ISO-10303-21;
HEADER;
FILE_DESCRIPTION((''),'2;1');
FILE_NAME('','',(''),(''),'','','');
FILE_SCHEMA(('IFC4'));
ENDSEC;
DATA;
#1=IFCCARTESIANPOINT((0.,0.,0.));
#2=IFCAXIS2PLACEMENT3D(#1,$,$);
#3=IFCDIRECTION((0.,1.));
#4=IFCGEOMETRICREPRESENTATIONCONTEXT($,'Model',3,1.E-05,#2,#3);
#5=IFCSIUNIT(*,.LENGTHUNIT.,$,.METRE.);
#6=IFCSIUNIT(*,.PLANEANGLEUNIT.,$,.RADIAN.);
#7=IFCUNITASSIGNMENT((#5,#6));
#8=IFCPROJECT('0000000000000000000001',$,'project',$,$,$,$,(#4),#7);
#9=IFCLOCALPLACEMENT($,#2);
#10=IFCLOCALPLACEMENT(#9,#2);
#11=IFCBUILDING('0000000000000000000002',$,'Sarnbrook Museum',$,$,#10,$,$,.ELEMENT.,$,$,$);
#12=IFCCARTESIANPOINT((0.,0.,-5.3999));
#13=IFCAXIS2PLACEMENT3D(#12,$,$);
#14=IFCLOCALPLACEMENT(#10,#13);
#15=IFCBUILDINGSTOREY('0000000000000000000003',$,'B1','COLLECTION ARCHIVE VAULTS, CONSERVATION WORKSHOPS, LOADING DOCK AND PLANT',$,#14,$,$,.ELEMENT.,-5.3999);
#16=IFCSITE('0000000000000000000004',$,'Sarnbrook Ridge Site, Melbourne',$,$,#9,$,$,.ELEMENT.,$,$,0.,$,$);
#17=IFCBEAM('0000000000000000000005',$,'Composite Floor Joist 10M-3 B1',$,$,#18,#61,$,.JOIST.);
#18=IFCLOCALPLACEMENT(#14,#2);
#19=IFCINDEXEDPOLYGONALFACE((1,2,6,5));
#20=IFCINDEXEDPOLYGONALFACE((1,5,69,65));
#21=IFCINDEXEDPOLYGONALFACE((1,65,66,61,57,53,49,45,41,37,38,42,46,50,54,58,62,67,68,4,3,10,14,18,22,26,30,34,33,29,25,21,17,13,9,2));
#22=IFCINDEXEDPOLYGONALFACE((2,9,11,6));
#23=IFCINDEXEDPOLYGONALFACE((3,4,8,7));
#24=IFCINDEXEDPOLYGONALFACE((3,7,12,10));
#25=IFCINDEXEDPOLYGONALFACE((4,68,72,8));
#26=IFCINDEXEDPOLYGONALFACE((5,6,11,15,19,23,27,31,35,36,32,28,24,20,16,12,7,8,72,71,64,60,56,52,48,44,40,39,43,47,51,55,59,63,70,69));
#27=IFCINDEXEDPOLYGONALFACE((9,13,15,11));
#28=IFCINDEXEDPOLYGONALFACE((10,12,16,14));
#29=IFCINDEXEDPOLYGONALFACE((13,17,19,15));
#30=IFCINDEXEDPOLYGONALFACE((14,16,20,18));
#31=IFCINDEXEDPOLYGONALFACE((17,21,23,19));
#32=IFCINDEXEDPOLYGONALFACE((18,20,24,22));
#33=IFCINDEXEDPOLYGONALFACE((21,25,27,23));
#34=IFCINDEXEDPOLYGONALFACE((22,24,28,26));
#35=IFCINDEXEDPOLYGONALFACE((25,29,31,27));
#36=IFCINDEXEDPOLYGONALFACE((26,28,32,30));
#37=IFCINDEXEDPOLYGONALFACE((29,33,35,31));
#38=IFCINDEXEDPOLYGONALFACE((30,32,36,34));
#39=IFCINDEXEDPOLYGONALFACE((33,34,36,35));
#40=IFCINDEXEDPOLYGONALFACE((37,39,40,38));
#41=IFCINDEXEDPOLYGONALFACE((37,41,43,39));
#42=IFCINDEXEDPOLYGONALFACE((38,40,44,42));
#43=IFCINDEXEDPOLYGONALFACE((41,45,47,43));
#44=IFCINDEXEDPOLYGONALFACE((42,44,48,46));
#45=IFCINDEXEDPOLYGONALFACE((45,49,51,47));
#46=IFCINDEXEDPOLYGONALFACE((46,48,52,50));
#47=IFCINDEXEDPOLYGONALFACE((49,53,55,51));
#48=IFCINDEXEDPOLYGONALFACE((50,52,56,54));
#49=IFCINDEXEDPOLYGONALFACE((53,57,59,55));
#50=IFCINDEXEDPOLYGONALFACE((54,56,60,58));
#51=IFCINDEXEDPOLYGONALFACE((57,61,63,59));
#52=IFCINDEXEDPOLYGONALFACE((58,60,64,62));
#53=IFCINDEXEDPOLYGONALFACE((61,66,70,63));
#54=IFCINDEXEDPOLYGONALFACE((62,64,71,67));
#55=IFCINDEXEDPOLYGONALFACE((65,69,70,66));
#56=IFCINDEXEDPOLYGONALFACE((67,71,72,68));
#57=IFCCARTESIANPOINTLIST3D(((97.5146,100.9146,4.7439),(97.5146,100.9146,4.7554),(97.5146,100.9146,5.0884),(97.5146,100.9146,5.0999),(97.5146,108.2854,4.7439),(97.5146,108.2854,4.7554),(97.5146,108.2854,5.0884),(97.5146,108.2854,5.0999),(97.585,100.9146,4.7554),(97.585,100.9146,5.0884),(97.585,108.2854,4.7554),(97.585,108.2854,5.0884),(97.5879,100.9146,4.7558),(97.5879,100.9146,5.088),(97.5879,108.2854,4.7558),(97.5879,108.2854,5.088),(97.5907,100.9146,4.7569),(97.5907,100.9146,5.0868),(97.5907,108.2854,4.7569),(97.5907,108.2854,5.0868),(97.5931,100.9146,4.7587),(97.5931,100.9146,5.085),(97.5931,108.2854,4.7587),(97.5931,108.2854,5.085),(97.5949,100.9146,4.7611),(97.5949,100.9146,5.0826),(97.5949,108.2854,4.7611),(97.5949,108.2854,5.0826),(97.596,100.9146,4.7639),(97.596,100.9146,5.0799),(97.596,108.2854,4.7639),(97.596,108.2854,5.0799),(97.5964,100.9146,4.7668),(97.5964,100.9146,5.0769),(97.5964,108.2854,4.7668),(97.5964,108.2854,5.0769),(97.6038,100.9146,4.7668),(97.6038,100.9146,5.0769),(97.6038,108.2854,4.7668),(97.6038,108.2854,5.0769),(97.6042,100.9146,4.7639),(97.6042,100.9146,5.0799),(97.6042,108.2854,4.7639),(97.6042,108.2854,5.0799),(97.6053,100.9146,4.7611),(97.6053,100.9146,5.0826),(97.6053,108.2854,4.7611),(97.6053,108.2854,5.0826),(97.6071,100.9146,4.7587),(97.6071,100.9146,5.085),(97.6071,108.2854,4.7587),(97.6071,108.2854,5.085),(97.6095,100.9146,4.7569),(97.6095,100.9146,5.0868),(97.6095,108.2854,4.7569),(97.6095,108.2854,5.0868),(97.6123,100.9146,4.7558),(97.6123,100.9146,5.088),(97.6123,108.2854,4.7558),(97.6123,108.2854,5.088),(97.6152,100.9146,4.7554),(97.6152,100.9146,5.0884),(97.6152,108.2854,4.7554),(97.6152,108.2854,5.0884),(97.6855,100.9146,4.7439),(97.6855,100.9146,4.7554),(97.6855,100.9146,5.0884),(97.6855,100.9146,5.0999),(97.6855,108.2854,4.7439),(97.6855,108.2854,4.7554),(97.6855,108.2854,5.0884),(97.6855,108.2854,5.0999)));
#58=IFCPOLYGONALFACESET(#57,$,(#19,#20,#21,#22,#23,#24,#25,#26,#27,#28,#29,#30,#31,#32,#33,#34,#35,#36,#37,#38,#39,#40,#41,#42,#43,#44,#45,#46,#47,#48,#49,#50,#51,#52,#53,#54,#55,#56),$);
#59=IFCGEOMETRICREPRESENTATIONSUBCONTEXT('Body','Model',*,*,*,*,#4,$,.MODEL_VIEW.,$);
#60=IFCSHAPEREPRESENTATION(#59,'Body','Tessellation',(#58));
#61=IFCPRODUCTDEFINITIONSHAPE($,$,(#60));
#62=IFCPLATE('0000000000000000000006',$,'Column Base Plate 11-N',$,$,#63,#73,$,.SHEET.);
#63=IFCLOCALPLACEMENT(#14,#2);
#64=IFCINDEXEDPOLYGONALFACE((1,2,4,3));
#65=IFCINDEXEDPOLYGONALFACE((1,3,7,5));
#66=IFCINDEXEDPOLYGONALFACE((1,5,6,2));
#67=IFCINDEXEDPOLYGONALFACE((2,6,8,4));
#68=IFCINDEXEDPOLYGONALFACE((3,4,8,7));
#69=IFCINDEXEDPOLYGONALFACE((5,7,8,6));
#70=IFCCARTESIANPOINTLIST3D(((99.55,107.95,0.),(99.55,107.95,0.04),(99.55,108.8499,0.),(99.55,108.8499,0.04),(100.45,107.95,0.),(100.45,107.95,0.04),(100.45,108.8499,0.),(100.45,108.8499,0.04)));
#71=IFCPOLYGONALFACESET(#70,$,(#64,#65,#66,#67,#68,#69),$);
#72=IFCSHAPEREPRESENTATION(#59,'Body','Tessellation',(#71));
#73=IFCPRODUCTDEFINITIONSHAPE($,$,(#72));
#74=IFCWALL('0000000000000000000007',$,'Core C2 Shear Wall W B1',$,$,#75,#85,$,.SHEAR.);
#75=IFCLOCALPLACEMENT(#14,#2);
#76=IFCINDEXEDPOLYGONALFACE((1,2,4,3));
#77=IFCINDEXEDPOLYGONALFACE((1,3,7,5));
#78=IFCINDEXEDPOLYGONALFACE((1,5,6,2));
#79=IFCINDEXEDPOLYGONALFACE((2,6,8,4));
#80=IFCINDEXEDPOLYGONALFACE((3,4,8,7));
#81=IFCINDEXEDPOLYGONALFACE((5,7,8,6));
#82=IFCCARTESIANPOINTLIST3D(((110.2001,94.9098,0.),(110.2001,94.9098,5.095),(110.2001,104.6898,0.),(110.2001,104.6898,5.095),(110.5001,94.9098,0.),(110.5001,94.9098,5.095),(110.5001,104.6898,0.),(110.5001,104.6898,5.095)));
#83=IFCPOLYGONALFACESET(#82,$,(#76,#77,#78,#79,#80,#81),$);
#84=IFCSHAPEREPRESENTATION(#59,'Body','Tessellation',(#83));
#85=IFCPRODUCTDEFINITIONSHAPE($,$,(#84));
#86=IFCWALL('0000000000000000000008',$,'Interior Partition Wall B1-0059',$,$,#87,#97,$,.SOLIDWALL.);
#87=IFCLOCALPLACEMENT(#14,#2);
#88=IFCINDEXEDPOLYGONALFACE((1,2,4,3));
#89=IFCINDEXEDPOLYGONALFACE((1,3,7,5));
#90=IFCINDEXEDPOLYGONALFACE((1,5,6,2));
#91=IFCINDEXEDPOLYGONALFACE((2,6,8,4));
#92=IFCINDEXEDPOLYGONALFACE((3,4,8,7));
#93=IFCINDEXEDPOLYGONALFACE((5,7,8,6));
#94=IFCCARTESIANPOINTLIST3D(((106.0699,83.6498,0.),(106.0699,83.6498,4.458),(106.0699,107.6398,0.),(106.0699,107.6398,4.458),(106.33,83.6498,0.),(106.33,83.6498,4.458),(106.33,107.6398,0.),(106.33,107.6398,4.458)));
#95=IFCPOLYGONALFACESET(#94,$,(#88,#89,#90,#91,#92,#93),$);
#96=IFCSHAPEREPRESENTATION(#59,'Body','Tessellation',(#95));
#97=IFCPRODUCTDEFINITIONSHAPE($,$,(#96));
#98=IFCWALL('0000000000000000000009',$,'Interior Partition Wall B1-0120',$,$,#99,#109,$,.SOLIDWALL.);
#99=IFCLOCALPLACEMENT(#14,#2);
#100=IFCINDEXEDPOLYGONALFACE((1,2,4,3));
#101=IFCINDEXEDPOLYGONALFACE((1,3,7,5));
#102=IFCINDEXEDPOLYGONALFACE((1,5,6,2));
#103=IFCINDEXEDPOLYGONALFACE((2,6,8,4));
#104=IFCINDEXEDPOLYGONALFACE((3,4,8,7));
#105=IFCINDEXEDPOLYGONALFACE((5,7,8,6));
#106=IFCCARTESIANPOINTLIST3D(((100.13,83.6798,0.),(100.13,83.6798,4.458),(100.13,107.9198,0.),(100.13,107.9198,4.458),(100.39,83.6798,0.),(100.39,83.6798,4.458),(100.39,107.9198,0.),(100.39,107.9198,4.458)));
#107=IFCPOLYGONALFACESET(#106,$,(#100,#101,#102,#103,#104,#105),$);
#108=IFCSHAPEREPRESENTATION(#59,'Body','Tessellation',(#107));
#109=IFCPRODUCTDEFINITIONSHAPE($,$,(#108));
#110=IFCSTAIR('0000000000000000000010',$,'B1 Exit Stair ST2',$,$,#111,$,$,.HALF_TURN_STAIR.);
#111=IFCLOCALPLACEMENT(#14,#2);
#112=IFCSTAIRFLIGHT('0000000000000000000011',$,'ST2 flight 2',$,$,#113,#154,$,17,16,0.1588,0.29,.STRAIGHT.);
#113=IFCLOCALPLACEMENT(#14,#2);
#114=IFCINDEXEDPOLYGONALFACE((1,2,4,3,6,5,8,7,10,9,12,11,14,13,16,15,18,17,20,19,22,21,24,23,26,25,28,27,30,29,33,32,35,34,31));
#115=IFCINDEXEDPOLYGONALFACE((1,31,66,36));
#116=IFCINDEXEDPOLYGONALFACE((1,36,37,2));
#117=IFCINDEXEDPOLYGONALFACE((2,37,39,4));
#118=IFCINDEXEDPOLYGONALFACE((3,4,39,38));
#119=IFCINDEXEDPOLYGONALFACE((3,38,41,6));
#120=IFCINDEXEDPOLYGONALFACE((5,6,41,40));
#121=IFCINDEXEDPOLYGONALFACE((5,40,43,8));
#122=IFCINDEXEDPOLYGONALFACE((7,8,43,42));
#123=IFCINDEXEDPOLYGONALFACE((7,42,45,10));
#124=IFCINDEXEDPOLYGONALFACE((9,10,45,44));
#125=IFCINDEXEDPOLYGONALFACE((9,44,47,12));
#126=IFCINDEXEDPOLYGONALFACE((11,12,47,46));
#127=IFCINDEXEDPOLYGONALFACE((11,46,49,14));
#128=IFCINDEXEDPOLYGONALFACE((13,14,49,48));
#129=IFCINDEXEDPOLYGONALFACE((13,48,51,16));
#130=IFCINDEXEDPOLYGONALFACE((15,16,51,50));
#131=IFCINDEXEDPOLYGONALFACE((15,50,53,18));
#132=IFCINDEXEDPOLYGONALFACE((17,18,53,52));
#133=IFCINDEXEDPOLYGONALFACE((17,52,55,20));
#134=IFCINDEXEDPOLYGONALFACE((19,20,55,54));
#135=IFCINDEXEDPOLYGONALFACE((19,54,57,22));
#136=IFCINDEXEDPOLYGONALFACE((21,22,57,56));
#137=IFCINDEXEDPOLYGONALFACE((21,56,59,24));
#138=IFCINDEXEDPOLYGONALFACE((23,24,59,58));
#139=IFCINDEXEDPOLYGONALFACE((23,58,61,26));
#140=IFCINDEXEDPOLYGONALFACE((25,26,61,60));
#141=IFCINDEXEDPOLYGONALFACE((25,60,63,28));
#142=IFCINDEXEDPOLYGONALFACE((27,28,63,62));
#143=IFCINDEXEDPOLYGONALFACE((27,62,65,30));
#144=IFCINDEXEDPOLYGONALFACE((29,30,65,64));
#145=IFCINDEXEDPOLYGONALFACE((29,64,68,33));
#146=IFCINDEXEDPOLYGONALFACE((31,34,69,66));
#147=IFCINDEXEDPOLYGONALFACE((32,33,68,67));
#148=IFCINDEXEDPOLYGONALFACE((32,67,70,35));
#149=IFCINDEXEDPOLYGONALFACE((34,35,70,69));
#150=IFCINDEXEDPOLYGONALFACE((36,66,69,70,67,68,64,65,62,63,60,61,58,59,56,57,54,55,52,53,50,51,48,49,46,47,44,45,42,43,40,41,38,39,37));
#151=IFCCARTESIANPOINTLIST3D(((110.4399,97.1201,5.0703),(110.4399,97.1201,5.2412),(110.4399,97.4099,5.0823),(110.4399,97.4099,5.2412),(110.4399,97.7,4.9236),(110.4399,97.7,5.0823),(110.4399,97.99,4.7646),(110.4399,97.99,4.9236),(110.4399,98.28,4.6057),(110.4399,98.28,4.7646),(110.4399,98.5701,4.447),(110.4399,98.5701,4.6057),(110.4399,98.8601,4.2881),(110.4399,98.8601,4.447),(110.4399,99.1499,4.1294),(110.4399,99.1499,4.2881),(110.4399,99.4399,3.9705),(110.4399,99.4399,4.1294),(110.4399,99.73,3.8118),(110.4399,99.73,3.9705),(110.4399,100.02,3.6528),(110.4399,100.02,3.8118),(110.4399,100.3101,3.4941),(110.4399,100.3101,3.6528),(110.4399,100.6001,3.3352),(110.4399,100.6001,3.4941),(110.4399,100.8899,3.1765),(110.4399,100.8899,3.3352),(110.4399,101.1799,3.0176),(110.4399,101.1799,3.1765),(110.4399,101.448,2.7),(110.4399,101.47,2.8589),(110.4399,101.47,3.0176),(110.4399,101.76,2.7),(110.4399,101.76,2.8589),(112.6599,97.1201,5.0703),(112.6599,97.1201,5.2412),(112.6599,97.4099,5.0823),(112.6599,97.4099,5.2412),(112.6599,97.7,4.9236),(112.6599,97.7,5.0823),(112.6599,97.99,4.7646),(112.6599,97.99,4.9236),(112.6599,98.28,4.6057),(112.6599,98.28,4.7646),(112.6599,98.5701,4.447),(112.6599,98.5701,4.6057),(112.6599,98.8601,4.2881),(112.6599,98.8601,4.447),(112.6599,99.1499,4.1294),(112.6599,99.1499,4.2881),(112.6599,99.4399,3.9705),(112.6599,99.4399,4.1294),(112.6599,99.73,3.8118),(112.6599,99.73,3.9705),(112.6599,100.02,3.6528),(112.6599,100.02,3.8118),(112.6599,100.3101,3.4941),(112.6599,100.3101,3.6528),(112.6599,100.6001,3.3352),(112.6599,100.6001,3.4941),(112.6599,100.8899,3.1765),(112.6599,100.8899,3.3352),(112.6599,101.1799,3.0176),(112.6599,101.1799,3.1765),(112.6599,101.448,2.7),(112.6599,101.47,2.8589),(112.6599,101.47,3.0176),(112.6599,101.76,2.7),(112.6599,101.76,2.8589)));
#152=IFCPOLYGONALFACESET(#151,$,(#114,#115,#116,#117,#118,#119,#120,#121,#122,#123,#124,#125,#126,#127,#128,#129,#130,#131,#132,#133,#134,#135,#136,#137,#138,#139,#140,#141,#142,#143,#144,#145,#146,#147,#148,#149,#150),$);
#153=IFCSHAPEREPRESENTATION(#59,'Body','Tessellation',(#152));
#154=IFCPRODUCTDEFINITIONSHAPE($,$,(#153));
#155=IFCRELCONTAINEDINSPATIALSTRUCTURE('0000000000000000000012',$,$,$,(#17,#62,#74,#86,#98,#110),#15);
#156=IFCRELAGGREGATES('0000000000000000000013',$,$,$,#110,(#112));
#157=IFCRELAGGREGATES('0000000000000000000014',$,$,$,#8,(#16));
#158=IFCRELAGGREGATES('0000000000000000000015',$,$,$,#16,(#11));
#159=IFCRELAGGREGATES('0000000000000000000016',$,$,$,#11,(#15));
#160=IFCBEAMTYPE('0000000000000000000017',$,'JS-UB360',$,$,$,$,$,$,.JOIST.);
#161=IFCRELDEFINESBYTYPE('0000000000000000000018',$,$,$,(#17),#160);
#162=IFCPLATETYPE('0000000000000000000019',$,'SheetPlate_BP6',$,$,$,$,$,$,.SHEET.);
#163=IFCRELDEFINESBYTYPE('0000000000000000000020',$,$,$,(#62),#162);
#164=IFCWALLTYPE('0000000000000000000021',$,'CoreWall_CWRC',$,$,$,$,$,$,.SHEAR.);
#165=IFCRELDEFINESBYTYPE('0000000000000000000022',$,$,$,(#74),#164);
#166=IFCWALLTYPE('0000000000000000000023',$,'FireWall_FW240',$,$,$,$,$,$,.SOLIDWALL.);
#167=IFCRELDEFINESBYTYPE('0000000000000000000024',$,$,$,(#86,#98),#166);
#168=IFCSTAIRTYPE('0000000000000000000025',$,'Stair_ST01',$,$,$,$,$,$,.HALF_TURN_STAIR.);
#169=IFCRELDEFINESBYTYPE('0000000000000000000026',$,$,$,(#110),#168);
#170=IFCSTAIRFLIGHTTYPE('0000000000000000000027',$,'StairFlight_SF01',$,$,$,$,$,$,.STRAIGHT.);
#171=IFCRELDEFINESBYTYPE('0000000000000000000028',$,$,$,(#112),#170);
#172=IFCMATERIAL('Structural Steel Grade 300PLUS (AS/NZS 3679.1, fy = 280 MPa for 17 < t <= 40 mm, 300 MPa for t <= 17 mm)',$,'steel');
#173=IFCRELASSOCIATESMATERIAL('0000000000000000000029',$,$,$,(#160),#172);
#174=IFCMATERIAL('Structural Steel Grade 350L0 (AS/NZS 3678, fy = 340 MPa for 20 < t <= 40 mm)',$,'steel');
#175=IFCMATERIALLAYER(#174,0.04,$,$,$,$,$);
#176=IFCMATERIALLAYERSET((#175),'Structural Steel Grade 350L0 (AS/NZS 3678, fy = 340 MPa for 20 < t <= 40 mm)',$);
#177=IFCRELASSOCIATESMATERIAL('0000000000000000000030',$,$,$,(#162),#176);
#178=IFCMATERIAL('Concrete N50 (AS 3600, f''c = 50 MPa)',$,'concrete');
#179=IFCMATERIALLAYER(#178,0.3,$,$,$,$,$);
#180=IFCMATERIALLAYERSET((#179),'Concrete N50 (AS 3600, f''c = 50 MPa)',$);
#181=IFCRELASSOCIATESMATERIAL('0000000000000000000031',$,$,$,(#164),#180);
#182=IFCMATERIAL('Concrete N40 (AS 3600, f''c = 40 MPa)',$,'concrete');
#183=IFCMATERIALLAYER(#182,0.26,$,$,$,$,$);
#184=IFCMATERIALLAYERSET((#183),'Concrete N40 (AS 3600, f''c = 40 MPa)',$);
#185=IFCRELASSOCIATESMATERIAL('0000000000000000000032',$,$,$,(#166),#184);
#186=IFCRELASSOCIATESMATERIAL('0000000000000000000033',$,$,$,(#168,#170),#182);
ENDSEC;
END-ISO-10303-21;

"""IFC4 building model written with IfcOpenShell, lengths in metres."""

from ifc_helpers import new_model, si_unit, direction, frame, frame_2d, origin, origin_2d, place, context, subcontext, project, spatial, polyline, rectangle, i_section, outline, extrude, material, layer, layer_set, material_profile, profile_set, type_object, element, aggregate, save


model = new_model("IFC4")

# Units and contexts
model_context = context("Model", 3, precision=1e-05, world=origin(), true_north=direction((0.0, 1.0)))
body_context = subcontext(model_context, "Body", "Model", "MODEL_VIEW")
ifc_project = project(units=[si_unit("LENGTHUNIT", "METRE"), si_unit("PLANEANGLEUNIT", "RADIAN")], contexts=[model_context])

# Site, building, storey
site_placement = place(None, origin())
site = spatial("IfcSite", under=ifc_project, at=site_placement, Name="Sarnbrook Ridge Site, Melbourne", CompositionType="ELEMENT", RefElevation=0.0)
building_placement = place(site_placement, origin())
building = spatial("IfcBuilding", under=site, at=building_placement, Name="Sarnbrook Museum", CompositionType="ELEMENT")
storey_placement = place(building_placement, frame((0.0, 0.0, -5.3999)))
storey = spatial("IfcBuildingStorey", under=building, at=storey_placement, Name="B1", Description="COLLECTION ARCHIVE VAULTS, CONSERVATION WORKSHOPS, LOADING DOCK AND PLANT", CompositionType="ELEMENT", Elevation=-5.3999)

# Shared definitions
ifc_material_1 = material(Name="Concrete N50 (AS 3600, f'c = 50 MPa)", Category="concrete")

# Shared definitions
ifc_material_2 = material(Name="Concrete N40 (AS 3600, f'c = 40 MPa)", Category="concrete")

# Shared definitions
ifc_material_3 = material(Name="Structural Steel Grade 350L0 (AS/NZS 3678, fy = 340 MPa for 20 < t <= 40 mm)", Category="steel")

# Beam
ifc_material_4 = material(Name="Structural Steel Grade 300PLUS (AS/NZS 3679.1, fy = 280 MPa for 17 < t <= 40 mm, 300 MPa for t <= 17 mm)", Category="steel")
ifc_material_profile_1 = material_profile(ifc_material_4, i_section(OverallWidth=0.1709, OverallDepth=0.356, WebThickness=0.0073, FlangeThickness=0.0115, FilletRadius=0.0115, at=origin_2d()), Name="360UB50.7")
ifc_profile_set_1 = profile_set([ifc_material_profile_1], Name="Structural Steel Grade 300PLUS (AS/NZS 3679.1, fy = 280 MPa for 17 < t <= 40 mm, 300 MPa for t <= 17 mm)")
beam_type_1 = type_object("IfcBeamType", Name="JS-UB360", PredefinedType="JOIST", material=ifc_profile_set_1)
beam_1_placement = place(storey_placement, frame((97.6001, 100.9146, 4.9219), z_axis=(0.0, 1.0, 0.0), x_axis=(-1.0, 0.0, 0.0)))
element("IfcBeam", 1, at=beam_1_placement, inside=storey, type_object=beam_type_1, Name="Composite Floor Joist 10M-3 B1", PredefinedType="JOIST", context=body_context, shape_type="SweptSolid", body=[
    extrude(i_section(OverallWidth=0.1709, OverallDepth=0.356, WebThickness=0.0073, FlangeThickness=0.0115, FilletRadius=0.0115, at=origin_2d()), origin(), (0.0, 0.0, 1.0), 7.3708),
])

# Plate
ifc_layer_1 = layer(ifc_material_3, 0.04)
ifc_layer_set_1 = layer_set([ifc_layer_1], Name="Structural Steel Grade 350L0 (AS/NZS 3678, fy = 340 MPa for 20 < t <= 40 mm)")
plate_type = type_object("IfcPlateType", Name="SheetPlate_BP6", PredefinedType="SHEET", material=ifc_layer_set_1)
plate_placement = place(storey_placement, frame((100.0, 108.3999, 0.0), z_axis=(0.0, 0.0, 1.0), x_axis=(1.0, 0.0, 0.0)))
element("IfcPlate", 2, at=plate_placement, inside=storey, type_object=plate_type, Name="Column Base Plate 11-N", PredefinedType="SHEET", context=body_context, shape_type="SweptSolid", body=[
    extrude(rectangle(XDim=0.8999, YDim=0.8999, at=origin_2d()), origin(), (0.0, 0.0, 1.0), 0.04),
])

# Walls
ifc_layer_2 = layer(ifc_material_1, 0.3)
ifc_layer_set_2 = layer_set([ifc_layer_2], Name="Concrete N50 (AS 3600, f'c = 50 MPa)")
wall_type_1 = type_object("IfcWallType", Name="CoreWall_CWRC", PredefinedType="SHEAR", material=ifc_layer_set_2)
wall_1_placement = place(storey_placement, frame((110.3501, 104.6899, 0.0), z_axis=(0.0, 0.0, 1.0), x_axis=(0.0, -1.0, 0.0)))
element("IfcWall", 3, at=wall_1_placement, inside=storey, type_object=wall_type_1, Name="Core C2 Shear Wall W B1", PredefinedType="SHEAR", context=body_context, shape_type="SweptSolid", body=[
    extrude(rectangle(XDim=9.78, YDim=0.3, at=frame_2d((4.8901, 0.0))), origin(), (0.0, 0.0, 1.0), 5.095),
])
ifc_layer_3 = layer(ifc_material_2, 0.26)
ifc_layer_set_3 = layer_set([ifc_layer_3], Name="Concrete N40 (AS 3600, f'c = 40 MPa)")
wall_type_2 = type_object("IfcWallType", Name="FireWall_FW240", PredefinedType="SOLIDWALL", material=ifc_layer_set_3)
wall_2_placement = place(storey_placement, frame((106.2, 107.6399, 0.0), z_axis=(0.0, 0.0, 1.0), x_axis=(0.0, -1.0, 0.0)))
element("IfcWall", 4, at=wall_2_placement, inside=storey, type_object=wall_type_2, Name="Interior Partition Wall B1-0059", PredefinedType="SOLIDWALL", context=body_context, shape_type="SweptSolid", body=[
    extrude(rectangle(XDim=23.99, YDim=0.26, at=frame_2d((11.9951, 0.0))), origin(), (0.0, 0.0, 1.0), 4.458),
])
wall_3_placement = place(storey_placement, frame((100.26, 107.9199, 0.0), z_axis=(0.0, 0.0, 1.0), x_axis=(0.0, -1.0, 0.0)))
element("IfcWall", 5, at=wall_3_placement, inside=storey, type_object=wall_type_2, Name="Interior Partition Wall B1-0120", PredefinedType="SOLIDWALL", context=body_context, shape_type="SweptSolid", body=[
    extrude(rectangle(XDim=24.24, YDim=0.26, at=frame_2d((12.1201, 0.0))), origin(), (0.0, 0.0, 1.0), 4.458),
])

# Stair, stair flight
stair_type = type_object("IfcStairType", Name="Stair_ST01", PredefinedType="HALF_TURN_STAIR", material=ifc_material_2)
stair_placement = place(storey_placement, origin())
stair = element("IfcStair", 6, at=stair_placement, inside=storey, type_object=stair_type, Name="B1 Exit Stair ST2", PredefinedType="HALF_TURN_STAIR")
stair_flight_type = type_object("IfcStairFlightType", Name="StairFlight_SF01", PredefinedType="STRAIGHT", material=ifc_material_2)
stair_flight_placement = place(storey_placement, frame((111.55, 101.76, 2.7), z_axis=(0.0, 0.0, 1.0), x_axis=(0.0, -1.0, 0.0)))
stair_flight = element("IfcStairFlight", 7, at=stair_flight_placement, type_object=stair_flight_type, Name="ST2 flight 2", NumberOfRisers=17, NumberOfTreads=16, PredefinedType="STRAIGHT", RiserHeight=0.1588, TreadLength=0.29, context=body_context, shape_type="SweptSolid", body=[
    extrude(outline(polyline([(0.0, 0.0), (0.0, 0.1589), (0.29, 0.1589), (0.29, 0.3176), (0.5801, 0.3176), (0.5801, 0.4766), (0.8701, 0.4766), (0.8701, 0.6353), (1.1599, 0.6353), (1.1599, 0.7942), (1.45, 0.7942), (1.45, 0.9529), (1.74, 0.9529), (1.74, 1.1118), (2.03, 1.1118), (2.03, 1.2705), (2.3201, 1.2705), (2.3201, 1.4294), (2.6101, 1.4294), (2.6101, 1.5881), (2.8999, 1.5881), (2.8999, 1.7471), (3.1899, 1.7471), (3.1899, 1.9058), (3.48, 1.9058), (3.48, 2.0647), (3.77, 2.0647), (3.77, 2.2236), (4.0601, 2.2236), (4.0601, 2.3823), (4.3501, 2.3823), (4.3501, 2.5413), (4.6399, 2.5413), (4.6399, 2.7), (4.6399, 2.3704), (0.312, 0.0), (0.0, 0.0)])), frame((0.0, 1.1099, 0.0), z_axis=(0.0, -1.0, 0.0), x_axis=(1.0, 0.0, 0.0)), (0.0, 0.0, 1.0), 2.22),
])
aggregate(stair, [stair_flight])

save(model, "model.ifc")
